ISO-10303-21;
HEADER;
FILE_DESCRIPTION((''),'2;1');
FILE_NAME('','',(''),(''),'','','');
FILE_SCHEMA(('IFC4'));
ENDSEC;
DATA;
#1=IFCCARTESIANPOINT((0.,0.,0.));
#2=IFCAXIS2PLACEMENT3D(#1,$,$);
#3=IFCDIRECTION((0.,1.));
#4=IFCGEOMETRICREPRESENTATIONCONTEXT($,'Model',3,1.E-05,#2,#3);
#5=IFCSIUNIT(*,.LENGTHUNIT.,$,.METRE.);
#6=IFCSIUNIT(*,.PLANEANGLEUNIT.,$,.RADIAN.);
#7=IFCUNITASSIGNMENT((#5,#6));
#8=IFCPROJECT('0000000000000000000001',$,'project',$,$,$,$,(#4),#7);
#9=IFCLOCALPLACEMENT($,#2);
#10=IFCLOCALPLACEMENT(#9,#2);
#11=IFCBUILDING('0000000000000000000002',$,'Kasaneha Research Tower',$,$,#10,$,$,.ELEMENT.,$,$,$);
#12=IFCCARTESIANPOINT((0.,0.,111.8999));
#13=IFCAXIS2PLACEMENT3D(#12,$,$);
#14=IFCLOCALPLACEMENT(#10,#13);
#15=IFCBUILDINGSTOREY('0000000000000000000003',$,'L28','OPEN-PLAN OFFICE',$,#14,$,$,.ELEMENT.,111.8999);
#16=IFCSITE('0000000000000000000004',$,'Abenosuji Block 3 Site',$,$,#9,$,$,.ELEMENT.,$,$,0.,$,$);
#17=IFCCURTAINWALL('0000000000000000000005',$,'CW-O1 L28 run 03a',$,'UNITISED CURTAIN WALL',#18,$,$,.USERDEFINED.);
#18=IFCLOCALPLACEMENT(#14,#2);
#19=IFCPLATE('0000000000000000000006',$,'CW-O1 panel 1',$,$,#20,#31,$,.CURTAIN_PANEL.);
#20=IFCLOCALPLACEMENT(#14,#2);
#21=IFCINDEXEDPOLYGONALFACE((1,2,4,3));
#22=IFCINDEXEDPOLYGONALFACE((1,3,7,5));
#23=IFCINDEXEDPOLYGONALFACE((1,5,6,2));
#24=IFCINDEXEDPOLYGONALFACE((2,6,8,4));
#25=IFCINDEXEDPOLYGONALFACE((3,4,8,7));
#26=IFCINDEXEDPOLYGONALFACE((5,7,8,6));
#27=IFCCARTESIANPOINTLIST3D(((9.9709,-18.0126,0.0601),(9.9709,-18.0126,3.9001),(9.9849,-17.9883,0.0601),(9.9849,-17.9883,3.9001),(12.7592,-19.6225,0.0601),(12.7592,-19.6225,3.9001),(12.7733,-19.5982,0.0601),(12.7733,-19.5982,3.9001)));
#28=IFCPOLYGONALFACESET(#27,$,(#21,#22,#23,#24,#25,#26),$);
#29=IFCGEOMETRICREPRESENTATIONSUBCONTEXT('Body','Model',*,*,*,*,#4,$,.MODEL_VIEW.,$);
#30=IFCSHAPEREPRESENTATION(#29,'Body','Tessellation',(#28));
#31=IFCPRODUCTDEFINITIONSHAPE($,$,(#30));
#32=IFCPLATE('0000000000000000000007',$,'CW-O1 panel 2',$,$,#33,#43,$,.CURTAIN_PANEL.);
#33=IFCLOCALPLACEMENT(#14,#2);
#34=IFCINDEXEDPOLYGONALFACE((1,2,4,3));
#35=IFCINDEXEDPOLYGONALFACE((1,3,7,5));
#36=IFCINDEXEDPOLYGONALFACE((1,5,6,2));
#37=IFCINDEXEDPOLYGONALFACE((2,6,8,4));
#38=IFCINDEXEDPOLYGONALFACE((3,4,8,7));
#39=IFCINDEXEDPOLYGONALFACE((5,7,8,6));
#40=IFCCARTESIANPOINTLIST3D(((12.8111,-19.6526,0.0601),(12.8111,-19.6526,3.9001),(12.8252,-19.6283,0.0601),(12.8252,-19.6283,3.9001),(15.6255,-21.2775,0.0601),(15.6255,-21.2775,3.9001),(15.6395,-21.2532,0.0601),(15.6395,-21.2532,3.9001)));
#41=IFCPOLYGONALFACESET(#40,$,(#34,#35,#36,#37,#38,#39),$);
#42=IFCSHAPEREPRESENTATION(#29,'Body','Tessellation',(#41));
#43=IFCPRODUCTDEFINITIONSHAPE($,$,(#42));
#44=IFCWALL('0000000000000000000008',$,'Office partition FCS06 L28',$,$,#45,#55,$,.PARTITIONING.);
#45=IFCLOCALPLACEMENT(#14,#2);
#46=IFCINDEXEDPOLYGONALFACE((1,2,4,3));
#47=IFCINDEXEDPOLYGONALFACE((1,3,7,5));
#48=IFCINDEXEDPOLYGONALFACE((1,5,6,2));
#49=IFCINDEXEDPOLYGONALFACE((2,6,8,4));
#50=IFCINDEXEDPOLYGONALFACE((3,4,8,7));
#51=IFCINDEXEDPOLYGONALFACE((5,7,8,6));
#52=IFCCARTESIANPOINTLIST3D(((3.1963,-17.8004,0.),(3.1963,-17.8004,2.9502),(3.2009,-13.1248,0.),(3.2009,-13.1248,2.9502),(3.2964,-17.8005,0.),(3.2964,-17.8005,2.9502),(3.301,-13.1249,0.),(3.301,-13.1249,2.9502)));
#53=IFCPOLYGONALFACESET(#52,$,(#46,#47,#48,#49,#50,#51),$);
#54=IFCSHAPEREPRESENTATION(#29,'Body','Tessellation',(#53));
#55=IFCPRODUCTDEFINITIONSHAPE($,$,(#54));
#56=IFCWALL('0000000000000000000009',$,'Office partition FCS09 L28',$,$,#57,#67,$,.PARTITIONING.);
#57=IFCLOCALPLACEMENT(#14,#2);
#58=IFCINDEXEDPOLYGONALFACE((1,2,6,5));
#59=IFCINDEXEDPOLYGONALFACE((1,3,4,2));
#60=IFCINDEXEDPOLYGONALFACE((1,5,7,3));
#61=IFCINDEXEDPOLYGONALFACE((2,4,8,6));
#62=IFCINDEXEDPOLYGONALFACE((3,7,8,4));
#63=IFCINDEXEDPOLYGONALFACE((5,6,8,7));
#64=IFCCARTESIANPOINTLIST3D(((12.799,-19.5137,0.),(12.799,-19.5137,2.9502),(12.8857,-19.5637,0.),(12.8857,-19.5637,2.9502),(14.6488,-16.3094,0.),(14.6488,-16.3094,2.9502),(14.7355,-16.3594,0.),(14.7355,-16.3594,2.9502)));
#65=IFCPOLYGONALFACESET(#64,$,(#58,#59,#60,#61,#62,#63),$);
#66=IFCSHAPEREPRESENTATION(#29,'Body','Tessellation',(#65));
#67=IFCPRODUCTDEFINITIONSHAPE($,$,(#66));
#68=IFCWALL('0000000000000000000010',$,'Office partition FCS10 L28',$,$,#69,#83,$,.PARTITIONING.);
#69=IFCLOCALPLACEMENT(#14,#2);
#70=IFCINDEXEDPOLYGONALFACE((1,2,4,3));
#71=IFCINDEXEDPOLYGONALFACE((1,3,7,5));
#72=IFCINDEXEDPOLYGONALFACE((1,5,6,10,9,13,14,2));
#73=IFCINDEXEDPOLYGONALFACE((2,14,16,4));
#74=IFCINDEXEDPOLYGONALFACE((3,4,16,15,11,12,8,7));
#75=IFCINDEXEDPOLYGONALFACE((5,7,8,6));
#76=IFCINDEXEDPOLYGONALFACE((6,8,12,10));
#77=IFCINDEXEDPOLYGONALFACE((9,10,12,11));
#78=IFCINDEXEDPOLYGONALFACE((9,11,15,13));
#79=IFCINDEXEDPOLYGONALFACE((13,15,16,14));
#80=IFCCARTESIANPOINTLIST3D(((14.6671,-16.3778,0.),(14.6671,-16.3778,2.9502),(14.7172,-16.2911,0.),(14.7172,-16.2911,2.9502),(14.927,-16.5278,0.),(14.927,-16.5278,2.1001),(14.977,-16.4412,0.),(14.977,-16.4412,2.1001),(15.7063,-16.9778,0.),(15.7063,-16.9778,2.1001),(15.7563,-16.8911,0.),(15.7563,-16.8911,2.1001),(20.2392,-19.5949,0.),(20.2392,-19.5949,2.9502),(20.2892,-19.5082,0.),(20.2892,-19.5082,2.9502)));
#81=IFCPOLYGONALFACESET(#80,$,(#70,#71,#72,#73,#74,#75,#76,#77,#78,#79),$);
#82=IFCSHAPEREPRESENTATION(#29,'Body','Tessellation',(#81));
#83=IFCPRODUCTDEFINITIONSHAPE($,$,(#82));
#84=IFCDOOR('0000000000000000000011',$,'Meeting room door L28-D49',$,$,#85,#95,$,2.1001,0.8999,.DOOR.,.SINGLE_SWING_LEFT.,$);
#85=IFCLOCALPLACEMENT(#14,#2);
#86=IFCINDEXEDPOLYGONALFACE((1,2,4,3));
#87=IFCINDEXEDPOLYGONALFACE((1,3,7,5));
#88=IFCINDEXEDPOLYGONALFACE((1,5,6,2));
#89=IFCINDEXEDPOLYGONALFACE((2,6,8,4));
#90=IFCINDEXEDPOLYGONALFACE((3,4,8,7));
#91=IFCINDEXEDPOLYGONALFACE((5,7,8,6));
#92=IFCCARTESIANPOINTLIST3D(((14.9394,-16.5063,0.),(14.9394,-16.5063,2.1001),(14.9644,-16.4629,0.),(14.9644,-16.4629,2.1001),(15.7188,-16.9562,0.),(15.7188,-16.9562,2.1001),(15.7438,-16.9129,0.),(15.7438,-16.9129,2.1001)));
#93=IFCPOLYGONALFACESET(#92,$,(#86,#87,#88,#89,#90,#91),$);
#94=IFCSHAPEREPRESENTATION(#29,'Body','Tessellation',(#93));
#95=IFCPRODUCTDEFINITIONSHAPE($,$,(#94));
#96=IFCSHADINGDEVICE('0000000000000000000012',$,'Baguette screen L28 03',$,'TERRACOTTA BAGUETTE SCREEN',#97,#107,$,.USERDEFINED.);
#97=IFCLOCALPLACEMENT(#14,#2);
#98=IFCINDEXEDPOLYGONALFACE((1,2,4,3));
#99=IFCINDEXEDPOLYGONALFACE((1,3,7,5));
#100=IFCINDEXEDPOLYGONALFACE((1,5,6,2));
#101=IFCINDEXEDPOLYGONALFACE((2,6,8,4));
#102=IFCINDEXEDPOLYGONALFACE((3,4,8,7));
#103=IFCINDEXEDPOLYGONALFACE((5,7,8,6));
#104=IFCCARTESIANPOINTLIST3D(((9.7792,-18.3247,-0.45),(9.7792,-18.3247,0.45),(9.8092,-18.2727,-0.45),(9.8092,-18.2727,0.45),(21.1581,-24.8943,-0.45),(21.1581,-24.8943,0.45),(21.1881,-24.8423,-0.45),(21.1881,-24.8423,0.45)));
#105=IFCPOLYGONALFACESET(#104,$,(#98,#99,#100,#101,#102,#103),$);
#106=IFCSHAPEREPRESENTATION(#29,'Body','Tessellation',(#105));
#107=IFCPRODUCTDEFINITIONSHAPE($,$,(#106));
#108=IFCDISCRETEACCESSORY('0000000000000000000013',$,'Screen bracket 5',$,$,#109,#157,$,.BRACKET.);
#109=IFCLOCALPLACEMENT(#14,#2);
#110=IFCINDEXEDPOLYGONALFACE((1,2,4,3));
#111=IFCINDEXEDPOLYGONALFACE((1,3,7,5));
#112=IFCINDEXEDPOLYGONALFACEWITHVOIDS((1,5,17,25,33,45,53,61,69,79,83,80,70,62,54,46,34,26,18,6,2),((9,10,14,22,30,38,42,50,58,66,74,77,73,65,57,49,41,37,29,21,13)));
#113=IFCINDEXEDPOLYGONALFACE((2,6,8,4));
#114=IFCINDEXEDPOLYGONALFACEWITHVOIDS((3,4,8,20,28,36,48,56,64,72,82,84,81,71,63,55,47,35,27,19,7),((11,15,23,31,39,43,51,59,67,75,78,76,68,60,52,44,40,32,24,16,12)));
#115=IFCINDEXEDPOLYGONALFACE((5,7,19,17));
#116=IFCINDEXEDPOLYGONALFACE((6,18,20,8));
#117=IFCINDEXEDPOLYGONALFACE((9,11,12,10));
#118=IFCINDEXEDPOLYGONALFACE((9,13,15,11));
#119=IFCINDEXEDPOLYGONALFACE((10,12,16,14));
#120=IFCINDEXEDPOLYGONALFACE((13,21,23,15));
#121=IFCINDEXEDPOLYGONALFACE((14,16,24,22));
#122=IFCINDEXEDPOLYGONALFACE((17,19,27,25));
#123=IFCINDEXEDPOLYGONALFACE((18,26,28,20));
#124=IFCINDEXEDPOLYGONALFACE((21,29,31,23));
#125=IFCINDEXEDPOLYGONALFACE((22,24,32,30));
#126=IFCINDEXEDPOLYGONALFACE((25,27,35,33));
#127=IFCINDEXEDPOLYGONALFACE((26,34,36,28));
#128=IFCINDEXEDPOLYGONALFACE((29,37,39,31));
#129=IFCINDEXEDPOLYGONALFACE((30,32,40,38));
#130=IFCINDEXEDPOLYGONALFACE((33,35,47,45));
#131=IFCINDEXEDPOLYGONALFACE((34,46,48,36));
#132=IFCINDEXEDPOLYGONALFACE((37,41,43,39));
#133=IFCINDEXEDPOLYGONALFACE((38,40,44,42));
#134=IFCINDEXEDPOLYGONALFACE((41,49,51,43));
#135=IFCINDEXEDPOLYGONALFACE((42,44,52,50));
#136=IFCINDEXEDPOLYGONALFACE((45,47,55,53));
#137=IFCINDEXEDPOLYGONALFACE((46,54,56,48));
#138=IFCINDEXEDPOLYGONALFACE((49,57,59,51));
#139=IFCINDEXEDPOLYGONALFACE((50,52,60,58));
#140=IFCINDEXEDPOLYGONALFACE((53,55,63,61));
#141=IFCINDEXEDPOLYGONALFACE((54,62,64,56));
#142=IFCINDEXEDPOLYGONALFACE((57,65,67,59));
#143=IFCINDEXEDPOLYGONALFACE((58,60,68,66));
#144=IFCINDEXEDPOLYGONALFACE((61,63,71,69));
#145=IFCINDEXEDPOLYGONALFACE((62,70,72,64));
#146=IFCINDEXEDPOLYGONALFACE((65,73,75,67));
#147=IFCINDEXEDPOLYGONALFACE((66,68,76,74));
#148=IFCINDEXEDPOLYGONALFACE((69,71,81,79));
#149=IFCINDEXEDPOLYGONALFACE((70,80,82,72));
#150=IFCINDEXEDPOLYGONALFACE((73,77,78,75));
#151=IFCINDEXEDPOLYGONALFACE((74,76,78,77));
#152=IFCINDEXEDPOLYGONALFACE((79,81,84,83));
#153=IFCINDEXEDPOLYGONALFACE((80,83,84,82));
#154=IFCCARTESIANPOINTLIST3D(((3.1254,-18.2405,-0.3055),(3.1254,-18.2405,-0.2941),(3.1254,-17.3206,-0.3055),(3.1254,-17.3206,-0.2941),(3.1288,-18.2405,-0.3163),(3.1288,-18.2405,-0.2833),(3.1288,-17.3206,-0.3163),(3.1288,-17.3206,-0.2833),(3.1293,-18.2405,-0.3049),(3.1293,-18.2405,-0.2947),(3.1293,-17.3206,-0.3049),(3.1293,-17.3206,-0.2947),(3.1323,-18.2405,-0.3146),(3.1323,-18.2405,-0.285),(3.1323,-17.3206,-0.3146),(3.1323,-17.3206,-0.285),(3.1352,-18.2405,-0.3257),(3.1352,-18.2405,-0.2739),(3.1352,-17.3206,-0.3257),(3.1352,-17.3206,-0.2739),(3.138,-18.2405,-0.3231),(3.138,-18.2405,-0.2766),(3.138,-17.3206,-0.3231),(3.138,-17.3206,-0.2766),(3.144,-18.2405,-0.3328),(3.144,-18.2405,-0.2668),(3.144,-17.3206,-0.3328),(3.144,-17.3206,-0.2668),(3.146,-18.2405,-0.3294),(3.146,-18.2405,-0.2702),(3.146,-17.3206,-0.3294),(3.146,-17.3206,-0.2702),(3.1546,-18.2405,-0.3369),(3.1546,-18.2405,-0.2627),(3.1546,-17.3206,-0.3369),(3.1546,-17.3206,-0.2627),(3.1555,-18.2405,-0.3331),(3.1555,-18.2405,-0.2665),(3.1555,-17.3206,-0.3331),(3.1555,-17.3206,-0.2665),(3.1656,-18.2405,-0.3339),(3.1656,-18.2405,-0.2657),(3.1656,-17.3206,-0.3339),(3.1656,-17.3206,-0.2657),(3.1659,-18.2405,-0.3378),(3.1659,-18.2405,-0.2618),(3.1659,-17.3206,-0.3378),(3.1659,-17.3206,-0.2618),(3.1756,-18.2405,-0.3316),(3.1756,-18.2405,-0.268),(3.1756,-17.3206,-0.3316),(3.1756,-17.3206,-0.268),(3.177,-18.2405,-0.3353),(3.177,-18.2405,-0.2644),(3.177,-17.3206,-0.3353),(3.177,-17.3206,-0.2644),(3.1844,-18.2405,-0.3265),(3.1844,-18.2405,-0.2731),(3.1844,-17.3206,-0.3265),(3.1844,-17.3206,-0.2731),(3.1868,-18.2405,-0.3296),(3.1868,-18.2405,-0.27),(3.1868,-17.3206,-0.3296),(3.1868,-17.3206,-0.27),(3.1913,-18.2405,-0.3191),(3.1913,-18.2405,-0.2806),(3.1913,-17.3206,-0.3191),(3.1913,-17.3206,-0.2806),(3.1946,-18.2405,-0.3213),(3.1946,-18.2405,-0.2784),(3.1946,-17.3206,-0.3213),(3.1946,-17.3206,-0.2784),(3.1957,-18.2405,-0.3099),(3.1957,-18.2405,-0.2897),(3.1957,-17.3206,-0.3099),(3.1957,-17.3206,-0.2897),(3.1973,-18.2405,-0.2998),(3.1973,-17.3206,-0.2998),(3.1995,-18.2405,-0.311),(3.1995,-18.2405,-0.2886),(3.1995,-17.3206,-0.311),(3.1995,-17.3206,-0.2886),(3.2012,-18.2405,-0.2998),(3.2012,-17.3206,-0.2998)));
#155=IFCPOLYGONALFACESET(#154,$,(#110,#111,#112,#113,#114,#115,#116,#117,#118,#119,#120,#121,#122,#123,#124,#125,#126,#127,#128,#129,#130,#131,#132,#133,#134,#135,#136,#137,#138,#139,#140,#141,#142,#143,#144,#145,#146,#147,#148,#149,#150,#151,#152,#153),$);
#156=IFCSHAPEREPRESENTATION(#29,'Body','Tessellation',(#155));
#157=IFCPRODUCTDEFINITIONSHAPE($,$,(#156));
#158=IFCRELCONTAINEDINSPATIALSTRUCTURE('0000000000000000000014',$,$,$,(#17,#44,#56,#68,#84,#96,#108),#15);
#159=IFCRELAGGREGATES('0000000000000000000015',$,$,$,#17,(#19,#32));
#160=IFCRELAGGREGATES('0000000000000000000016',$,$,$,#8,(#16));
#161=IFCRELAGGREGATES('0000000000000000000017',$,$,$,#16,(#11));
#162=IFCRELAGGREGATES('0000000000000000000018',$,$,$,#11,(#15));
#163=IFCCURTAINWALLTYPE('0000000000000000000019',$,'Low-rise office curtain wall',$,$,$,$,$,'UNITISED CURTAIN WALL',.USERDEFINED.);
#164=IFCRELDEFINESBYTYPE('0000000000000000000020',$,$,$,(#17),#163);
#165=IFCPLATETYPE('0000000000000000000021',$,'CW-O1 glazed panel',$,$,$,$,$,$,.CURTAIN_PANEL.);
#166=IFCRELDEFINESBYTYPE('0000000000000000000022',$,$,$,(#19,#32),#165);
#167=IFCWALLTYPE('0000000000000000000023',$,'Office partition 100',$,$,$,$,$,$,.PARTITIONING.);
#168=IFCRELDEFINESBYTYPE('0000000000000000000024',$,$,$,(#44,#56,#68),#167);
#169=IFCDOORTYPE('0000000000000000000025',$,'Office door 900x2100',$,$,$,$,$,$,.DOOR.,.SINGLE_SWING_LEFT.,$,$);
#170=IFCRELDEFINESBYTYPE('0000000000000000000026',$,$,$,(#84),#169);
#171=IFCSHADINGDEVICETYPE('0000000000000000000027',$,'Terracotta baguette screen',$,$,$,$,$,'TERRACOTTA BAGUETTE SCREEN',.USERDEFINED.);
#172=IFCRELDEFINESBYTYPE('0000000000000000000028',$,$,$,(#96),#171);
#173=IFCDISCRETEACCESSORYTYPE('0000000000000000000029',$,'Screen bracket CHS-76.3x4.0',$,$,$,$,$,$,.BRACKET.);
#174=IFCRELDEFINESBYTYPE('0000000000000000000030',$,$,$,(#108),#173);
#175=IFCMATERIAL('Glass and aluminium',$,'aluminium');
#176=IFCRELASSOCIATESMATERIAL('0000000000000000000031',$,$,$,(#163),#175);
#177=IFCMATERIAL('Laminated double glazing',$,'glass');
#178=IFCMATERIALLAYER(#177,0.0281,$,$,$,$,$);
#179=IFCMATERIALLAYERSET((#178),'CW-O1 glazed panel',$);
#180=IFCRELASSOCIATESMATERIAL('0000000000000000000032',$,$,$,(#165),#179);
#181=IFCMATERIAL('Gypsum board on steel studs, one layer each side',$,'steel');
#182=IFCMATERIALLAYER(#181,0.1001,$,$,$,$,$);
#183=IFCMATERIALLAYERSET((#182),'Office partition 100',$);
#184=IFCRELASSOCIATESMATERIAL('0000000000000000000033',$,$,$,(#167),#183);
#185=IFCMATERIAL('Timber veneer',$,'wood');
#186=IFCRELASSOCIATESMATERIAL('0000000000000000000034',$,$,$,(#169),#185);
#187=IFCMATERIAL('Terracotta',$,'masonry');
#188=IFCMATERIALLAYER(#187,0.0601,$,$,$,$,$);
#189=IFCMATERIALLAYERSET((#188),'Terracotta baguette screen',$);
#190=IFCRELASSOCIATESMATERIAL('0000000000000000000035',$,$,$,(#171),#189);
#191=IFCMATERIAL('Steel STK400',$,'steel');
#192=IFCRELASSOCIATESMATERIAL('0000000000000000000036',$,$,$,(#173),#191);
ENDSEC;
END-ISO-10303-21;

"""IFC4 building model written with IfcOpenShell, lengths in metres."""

from ifc_helpers import new_model, si_unit, direction, frame, frame_2d, origin, origin_2d, place, context, subcontext, project, spatial, rectangle, hollow_circle, extrude, material, layer, layer_set, material_profile, profile_set, type_object, element, fill, aggregate, save


model = new_model("IFC4")

# Units and contexts
model_context = context("Model", 3, precision=1e-05, world=origin(), true_north=direction((0.0, 1.0)))
body_context = subcontext(model_context, "Body", "Model", "MODEL_VIEW")
ifc_project = project(units=[si_unit("LENGTHUNIT", "METRE"), si_unit("PLANEANGLEUNIT", "RADIAN")], contexts=[model_context])

# Site, building, storey
site_placement = place(None, origin())
site = spatial("IfcSite", under=ifc_project, at=site_placement, Name="Abenosuji Block 3 Site", CompositionType="ELEMENT", RefElevation=0.0)
building_placement = place(site_placement, origin())
building = spatial("IfcBuilding", under=site, at=building_placement, Name="Kasaneha Research Tower", CompositionType="ELEMENT")
storey_placement = place(building_placement, frame((0.0, 0.0, 111.8999)))
storey = spatial("IfcBuildingStorey", under=building, at=storey_placement, Name="L28", Description="OPEN-PLAN OFFICE", CompositionType="ELEMENT", Elevation=111.8999)

# Curtain wall
ifc_material_1 = material(Name="Glass and aluminium", Category="aluminium")
curtain_wall_type = type_object("IfcCurtainWallType", Name="Low-rise office curtain wall", ElementType="UNITISED CURTAIN WALL", PredefinedType="USERDEFINED", material=ifc_material_1)
curtain_wall_1_placement = place(storey_placement, origin())
curtain_wall_1 = element("IfcCurtainWall", 1, at=curtain_wall_1_placement, inside=storey, type_object=curtain_wall_type, Name="CW-O1 L28 run 03a", ObjectType="UNITISED CURTAIN WALL", PredefinedType="USERDEFINED")

# Plates
ifc_material_2 = material(Name="Laminated double glazing", Category="glass")
ifc_layer_1 = layer(ifc_material_2, 0.0281)
ifc_layer_set_1 = layer_set([ifc_layer_1], Name="CW-O1 glazed panel")
plate_type = type_object("IfcPlateType", Name="CW-O1 glazed panel", PredefinedType="CURTAIN_PANEL", material=ifc_layer_set_1)
plate_1_placement = place(storey_placement, frame((11.3721, -18.8054, 0.0601), z_axis=(0.0, 0.0, 1.0), x_axis=(0.866025, -0.5, 0.0)))
plate_1 = element("IfcPlate", 2, at=plate_1_placement, type_object=plate_type, Name="CW-O1 panel 1", PredefinedType="CURTAIN_PANEL", context=body_context, shape_type="SweptSolid", body=[
    extrude(rectangle(XDim=3.2197, YDim=0.0281, at=origin_2d()), origin(), (0.0, 0.0, 1.0), 3.8401),
])
plate_2_placement = place(storey_placement, frame((14.2253, -20.4529, 0.0601), z_axis=(0.0, 0.0, 1.0), x_axis=(0.866025, -0.5, 0.0)))
plate_2 = element("IfcPlate", 3, at=plate_2_placement, type_object=plate_type, Name="CW-O1 panel 2", PredefinedType="CURTAIN_PANEL", context=body_context, shape_type="SweptSolid", body=[
    extrude(rectangle(XDim=3.2498, YDim=0.0281, at=origin_2d()), origin(), (0.0, 0.0, 1.0), 3.8401),
])
aggregate(curtain_wall_1, [plate_1, plate_2])

# Walls
ifc_material_3 = material(Name="Gypsum board on steel studs, one layer each side", Category="steel")
ifc_layer_2 = layer(ifc_material_3, 0.1001)
ifc_layer_set_2 = layer_set([ifc_layer_2], Name="Office partition 100")
wall_type = type_object("IfcWallType", Name="Office partition 100", PredefinedType="PARTITIONING", material=ifc_layer_set_2)
wall_1_placement = place(storey_placement, frame((3.2463, -17.8005, 0.0), z_axis=(0.0, 0.0, 1.0), x_axis=(0.000992, 1.0, 0.0)))
element("IfcWall", 4, at=wall_1_placement, inside=storey, type_object=wall_type, Name="Office partition FCS06 L28", PredefinedType="PARTITIONING", context=body_context, shape_type="SweptSolid", body=[
    extrude(rectangle(XDim=4.6755, YDim=0.1001, at=frame_2d((2.3379, 0.0))), origin(), (0.0, 0.0, 1.0), 2.9502),
])
wall_2_placement = place(storey_placement, frame((12.8423, -19.5388, 0.0), z_axis=(0.0, 0.0, 1.0), x_axis=(0.499964, 0.866046, 0.0)))
element("IfcWall", 5, at=wall_2_placement, inside=storey, type_object=wall_type, Name="Office partition FCS09 L28", PredefinedType="PARTITIONING", context=body_context, shape_type="SweptSolid", body=[
    extrude(rectangle(XDim=3.7, YDim=0.1001, at=frame_2d((1.8501, 0.0))), origin(), (0.0, 0.0, 1.0), 2.9502),
])

# Wall, opening, door
wall_3_placement = place(storey_placement, frame((14.6921, -16.3345, 0.0), z_axis=(0.0, 0.0, 1.0), x_axis=(0.866023, -0.500004, 0.0)))
wall_3 = element("IfcWall", 6, at=wall_3_placement, inside=storey, type_object=wall_type, Name="Office partition FCS10 L28", PredefinedType="PARTITIONING", context=body_context, shape_type="SweptSolid", body=[
    extrude(rectangle(XDim=6.4341, YDim=0.1001, at=frame_2d((3.217, 0.0))), origin(), (0.0, 0.0, 1.0), 2.9502),
])
opening_placement = place(wall_3_placement, frame((0.3, 0.0, 0.0)))
opening = element("IfcOpeningElement", 7, at=opening_placement, cuts=wall_3, PredefinedType="OPENING", context=body_context, shape_type="SweptSolid", body=[
    extrude(rectangle(XDim=0.8999, YDim=2.1001, at=frame_2d((0.45, 1.05))), frame((0.0, 0.0601, 0.0), z_axis=(0.0, -1.0, 0.0), x_axis=(1.0, 0.0, 0.0)), (0.0, 0.0, 1.0), 0.1201),
])
ifc_material_4 = material(Name="Timber veneer", Category="wood")
door_type = type_object("IfcDoorType", Name="Office door 900x2100", OperationType="SINGLE_SWING_LEFT", PredefinedType="DOOR", material=ifc_material_4)
door_placement = place(opening_placement, origin())
door = element("IfcDoor", 8, at=door_placement, inside=storey, type_object=door_type, Name="Meeting room door L28-D49", OperationType="SINGLE_SWING_LEFT", OverallHeight=2.1001, OverallWidth=0.8999, PredefinedType="DOOR", context=body_context, shape_type="SweptSolid", body=[
    extrude(rectangle(XDim=0.8999, YDim=2.1001, at=frame_2d((0.45, 1.05))), frame((0.0, 0.0249, 0.0), z_axis=(0.0, -1.0, 0.0), x_axis=(1.0, 0.0, 0.0)), (0.0, 0.0, 1.0), 0.05),
])
fill(opening, door)

# Shading device
ifc_material_5 = material(Name="Terracotta", Category="masonry")
ifc_layer_3 = layer(ifc_material_5, 0.0601)
ifc_layer_set_3 = layer_set([ifc_layer_3], Name="Terracotta baguette screen")
shading_device_type = type_object("IfcShadingDeviceType", Name="Terracotta baguette screen", ElementType="TERRACOTTA BAGUETTE SCREEN", PredefinedType="USERDEFINED", material=ifc_layer_set_3)
shading_device_placement = place(storey_placement, frame((15.4836, -21.5835, -0.45), z_axis=(0.0, 0.0, 1.0), x_axis=(0.866025, -0.5, 0.0)))
element("IfcShadingDevice", 9, at=shading_device_placement, inside=storey, type_object=shading_device_type, Name="Baguette screen L28 03", ObjectType="TERRACOTTA BAGUETTE SCREEN", PredefinedType="USERDEFINED", context=body_context, shape_type="SweptSolid", body=[
    extrude(rectangle(XDim=13.1392, YDim=0.0601, at=origin_2d()), origin(), (0.0, 0.0, 1.0), 0.8999),
])

# Discrete accessory
ifc_material_6 = material(Name="Steel STK400", Category="steel")
ifc_material_profile_1 = material_profile(ifc_material_6, hollow_circle(Radius=0.0381, WallThickness=0.0039, at=origin_2d()), Name="CHS-76.3x4.0")
ifc_profile_set_1 = profile_set([ifc_material_profile_1], Name="Steel STK400")
discrete_accessory_type = type_object("IfcDiscreteAccessoryType", Name="Screen bracket CHS-76.3x4.0", PredefinedType="BRACKET", material=ifc_profile_set_1)
for number, where, z_axis, x_axis, name in (
    (10, (3.1631, -17.3206, -0.2998), (0.0, -1.0, 0.0), (1.0, 0.0, 0.0), "Screen bracket 5"),
):
    element("IfcDiscreteAccessory", number, at=place(storey_placement, frame(where, z_axis=z_axis, x_axis=x_axis)), inside=storey, type_object=discrete_accessory_type, Name=name, PredefinedType="BRACKET", context=body_context, shape_type="SweptSolid", body=[
        extrude(hollow_circle(Radius=0.0381, WallThickness=0.0039, at=origin_2d()), origin(), (0.0, 0.0, 1.0), 0.9199),
    ])

save(model, "model.ifc")
